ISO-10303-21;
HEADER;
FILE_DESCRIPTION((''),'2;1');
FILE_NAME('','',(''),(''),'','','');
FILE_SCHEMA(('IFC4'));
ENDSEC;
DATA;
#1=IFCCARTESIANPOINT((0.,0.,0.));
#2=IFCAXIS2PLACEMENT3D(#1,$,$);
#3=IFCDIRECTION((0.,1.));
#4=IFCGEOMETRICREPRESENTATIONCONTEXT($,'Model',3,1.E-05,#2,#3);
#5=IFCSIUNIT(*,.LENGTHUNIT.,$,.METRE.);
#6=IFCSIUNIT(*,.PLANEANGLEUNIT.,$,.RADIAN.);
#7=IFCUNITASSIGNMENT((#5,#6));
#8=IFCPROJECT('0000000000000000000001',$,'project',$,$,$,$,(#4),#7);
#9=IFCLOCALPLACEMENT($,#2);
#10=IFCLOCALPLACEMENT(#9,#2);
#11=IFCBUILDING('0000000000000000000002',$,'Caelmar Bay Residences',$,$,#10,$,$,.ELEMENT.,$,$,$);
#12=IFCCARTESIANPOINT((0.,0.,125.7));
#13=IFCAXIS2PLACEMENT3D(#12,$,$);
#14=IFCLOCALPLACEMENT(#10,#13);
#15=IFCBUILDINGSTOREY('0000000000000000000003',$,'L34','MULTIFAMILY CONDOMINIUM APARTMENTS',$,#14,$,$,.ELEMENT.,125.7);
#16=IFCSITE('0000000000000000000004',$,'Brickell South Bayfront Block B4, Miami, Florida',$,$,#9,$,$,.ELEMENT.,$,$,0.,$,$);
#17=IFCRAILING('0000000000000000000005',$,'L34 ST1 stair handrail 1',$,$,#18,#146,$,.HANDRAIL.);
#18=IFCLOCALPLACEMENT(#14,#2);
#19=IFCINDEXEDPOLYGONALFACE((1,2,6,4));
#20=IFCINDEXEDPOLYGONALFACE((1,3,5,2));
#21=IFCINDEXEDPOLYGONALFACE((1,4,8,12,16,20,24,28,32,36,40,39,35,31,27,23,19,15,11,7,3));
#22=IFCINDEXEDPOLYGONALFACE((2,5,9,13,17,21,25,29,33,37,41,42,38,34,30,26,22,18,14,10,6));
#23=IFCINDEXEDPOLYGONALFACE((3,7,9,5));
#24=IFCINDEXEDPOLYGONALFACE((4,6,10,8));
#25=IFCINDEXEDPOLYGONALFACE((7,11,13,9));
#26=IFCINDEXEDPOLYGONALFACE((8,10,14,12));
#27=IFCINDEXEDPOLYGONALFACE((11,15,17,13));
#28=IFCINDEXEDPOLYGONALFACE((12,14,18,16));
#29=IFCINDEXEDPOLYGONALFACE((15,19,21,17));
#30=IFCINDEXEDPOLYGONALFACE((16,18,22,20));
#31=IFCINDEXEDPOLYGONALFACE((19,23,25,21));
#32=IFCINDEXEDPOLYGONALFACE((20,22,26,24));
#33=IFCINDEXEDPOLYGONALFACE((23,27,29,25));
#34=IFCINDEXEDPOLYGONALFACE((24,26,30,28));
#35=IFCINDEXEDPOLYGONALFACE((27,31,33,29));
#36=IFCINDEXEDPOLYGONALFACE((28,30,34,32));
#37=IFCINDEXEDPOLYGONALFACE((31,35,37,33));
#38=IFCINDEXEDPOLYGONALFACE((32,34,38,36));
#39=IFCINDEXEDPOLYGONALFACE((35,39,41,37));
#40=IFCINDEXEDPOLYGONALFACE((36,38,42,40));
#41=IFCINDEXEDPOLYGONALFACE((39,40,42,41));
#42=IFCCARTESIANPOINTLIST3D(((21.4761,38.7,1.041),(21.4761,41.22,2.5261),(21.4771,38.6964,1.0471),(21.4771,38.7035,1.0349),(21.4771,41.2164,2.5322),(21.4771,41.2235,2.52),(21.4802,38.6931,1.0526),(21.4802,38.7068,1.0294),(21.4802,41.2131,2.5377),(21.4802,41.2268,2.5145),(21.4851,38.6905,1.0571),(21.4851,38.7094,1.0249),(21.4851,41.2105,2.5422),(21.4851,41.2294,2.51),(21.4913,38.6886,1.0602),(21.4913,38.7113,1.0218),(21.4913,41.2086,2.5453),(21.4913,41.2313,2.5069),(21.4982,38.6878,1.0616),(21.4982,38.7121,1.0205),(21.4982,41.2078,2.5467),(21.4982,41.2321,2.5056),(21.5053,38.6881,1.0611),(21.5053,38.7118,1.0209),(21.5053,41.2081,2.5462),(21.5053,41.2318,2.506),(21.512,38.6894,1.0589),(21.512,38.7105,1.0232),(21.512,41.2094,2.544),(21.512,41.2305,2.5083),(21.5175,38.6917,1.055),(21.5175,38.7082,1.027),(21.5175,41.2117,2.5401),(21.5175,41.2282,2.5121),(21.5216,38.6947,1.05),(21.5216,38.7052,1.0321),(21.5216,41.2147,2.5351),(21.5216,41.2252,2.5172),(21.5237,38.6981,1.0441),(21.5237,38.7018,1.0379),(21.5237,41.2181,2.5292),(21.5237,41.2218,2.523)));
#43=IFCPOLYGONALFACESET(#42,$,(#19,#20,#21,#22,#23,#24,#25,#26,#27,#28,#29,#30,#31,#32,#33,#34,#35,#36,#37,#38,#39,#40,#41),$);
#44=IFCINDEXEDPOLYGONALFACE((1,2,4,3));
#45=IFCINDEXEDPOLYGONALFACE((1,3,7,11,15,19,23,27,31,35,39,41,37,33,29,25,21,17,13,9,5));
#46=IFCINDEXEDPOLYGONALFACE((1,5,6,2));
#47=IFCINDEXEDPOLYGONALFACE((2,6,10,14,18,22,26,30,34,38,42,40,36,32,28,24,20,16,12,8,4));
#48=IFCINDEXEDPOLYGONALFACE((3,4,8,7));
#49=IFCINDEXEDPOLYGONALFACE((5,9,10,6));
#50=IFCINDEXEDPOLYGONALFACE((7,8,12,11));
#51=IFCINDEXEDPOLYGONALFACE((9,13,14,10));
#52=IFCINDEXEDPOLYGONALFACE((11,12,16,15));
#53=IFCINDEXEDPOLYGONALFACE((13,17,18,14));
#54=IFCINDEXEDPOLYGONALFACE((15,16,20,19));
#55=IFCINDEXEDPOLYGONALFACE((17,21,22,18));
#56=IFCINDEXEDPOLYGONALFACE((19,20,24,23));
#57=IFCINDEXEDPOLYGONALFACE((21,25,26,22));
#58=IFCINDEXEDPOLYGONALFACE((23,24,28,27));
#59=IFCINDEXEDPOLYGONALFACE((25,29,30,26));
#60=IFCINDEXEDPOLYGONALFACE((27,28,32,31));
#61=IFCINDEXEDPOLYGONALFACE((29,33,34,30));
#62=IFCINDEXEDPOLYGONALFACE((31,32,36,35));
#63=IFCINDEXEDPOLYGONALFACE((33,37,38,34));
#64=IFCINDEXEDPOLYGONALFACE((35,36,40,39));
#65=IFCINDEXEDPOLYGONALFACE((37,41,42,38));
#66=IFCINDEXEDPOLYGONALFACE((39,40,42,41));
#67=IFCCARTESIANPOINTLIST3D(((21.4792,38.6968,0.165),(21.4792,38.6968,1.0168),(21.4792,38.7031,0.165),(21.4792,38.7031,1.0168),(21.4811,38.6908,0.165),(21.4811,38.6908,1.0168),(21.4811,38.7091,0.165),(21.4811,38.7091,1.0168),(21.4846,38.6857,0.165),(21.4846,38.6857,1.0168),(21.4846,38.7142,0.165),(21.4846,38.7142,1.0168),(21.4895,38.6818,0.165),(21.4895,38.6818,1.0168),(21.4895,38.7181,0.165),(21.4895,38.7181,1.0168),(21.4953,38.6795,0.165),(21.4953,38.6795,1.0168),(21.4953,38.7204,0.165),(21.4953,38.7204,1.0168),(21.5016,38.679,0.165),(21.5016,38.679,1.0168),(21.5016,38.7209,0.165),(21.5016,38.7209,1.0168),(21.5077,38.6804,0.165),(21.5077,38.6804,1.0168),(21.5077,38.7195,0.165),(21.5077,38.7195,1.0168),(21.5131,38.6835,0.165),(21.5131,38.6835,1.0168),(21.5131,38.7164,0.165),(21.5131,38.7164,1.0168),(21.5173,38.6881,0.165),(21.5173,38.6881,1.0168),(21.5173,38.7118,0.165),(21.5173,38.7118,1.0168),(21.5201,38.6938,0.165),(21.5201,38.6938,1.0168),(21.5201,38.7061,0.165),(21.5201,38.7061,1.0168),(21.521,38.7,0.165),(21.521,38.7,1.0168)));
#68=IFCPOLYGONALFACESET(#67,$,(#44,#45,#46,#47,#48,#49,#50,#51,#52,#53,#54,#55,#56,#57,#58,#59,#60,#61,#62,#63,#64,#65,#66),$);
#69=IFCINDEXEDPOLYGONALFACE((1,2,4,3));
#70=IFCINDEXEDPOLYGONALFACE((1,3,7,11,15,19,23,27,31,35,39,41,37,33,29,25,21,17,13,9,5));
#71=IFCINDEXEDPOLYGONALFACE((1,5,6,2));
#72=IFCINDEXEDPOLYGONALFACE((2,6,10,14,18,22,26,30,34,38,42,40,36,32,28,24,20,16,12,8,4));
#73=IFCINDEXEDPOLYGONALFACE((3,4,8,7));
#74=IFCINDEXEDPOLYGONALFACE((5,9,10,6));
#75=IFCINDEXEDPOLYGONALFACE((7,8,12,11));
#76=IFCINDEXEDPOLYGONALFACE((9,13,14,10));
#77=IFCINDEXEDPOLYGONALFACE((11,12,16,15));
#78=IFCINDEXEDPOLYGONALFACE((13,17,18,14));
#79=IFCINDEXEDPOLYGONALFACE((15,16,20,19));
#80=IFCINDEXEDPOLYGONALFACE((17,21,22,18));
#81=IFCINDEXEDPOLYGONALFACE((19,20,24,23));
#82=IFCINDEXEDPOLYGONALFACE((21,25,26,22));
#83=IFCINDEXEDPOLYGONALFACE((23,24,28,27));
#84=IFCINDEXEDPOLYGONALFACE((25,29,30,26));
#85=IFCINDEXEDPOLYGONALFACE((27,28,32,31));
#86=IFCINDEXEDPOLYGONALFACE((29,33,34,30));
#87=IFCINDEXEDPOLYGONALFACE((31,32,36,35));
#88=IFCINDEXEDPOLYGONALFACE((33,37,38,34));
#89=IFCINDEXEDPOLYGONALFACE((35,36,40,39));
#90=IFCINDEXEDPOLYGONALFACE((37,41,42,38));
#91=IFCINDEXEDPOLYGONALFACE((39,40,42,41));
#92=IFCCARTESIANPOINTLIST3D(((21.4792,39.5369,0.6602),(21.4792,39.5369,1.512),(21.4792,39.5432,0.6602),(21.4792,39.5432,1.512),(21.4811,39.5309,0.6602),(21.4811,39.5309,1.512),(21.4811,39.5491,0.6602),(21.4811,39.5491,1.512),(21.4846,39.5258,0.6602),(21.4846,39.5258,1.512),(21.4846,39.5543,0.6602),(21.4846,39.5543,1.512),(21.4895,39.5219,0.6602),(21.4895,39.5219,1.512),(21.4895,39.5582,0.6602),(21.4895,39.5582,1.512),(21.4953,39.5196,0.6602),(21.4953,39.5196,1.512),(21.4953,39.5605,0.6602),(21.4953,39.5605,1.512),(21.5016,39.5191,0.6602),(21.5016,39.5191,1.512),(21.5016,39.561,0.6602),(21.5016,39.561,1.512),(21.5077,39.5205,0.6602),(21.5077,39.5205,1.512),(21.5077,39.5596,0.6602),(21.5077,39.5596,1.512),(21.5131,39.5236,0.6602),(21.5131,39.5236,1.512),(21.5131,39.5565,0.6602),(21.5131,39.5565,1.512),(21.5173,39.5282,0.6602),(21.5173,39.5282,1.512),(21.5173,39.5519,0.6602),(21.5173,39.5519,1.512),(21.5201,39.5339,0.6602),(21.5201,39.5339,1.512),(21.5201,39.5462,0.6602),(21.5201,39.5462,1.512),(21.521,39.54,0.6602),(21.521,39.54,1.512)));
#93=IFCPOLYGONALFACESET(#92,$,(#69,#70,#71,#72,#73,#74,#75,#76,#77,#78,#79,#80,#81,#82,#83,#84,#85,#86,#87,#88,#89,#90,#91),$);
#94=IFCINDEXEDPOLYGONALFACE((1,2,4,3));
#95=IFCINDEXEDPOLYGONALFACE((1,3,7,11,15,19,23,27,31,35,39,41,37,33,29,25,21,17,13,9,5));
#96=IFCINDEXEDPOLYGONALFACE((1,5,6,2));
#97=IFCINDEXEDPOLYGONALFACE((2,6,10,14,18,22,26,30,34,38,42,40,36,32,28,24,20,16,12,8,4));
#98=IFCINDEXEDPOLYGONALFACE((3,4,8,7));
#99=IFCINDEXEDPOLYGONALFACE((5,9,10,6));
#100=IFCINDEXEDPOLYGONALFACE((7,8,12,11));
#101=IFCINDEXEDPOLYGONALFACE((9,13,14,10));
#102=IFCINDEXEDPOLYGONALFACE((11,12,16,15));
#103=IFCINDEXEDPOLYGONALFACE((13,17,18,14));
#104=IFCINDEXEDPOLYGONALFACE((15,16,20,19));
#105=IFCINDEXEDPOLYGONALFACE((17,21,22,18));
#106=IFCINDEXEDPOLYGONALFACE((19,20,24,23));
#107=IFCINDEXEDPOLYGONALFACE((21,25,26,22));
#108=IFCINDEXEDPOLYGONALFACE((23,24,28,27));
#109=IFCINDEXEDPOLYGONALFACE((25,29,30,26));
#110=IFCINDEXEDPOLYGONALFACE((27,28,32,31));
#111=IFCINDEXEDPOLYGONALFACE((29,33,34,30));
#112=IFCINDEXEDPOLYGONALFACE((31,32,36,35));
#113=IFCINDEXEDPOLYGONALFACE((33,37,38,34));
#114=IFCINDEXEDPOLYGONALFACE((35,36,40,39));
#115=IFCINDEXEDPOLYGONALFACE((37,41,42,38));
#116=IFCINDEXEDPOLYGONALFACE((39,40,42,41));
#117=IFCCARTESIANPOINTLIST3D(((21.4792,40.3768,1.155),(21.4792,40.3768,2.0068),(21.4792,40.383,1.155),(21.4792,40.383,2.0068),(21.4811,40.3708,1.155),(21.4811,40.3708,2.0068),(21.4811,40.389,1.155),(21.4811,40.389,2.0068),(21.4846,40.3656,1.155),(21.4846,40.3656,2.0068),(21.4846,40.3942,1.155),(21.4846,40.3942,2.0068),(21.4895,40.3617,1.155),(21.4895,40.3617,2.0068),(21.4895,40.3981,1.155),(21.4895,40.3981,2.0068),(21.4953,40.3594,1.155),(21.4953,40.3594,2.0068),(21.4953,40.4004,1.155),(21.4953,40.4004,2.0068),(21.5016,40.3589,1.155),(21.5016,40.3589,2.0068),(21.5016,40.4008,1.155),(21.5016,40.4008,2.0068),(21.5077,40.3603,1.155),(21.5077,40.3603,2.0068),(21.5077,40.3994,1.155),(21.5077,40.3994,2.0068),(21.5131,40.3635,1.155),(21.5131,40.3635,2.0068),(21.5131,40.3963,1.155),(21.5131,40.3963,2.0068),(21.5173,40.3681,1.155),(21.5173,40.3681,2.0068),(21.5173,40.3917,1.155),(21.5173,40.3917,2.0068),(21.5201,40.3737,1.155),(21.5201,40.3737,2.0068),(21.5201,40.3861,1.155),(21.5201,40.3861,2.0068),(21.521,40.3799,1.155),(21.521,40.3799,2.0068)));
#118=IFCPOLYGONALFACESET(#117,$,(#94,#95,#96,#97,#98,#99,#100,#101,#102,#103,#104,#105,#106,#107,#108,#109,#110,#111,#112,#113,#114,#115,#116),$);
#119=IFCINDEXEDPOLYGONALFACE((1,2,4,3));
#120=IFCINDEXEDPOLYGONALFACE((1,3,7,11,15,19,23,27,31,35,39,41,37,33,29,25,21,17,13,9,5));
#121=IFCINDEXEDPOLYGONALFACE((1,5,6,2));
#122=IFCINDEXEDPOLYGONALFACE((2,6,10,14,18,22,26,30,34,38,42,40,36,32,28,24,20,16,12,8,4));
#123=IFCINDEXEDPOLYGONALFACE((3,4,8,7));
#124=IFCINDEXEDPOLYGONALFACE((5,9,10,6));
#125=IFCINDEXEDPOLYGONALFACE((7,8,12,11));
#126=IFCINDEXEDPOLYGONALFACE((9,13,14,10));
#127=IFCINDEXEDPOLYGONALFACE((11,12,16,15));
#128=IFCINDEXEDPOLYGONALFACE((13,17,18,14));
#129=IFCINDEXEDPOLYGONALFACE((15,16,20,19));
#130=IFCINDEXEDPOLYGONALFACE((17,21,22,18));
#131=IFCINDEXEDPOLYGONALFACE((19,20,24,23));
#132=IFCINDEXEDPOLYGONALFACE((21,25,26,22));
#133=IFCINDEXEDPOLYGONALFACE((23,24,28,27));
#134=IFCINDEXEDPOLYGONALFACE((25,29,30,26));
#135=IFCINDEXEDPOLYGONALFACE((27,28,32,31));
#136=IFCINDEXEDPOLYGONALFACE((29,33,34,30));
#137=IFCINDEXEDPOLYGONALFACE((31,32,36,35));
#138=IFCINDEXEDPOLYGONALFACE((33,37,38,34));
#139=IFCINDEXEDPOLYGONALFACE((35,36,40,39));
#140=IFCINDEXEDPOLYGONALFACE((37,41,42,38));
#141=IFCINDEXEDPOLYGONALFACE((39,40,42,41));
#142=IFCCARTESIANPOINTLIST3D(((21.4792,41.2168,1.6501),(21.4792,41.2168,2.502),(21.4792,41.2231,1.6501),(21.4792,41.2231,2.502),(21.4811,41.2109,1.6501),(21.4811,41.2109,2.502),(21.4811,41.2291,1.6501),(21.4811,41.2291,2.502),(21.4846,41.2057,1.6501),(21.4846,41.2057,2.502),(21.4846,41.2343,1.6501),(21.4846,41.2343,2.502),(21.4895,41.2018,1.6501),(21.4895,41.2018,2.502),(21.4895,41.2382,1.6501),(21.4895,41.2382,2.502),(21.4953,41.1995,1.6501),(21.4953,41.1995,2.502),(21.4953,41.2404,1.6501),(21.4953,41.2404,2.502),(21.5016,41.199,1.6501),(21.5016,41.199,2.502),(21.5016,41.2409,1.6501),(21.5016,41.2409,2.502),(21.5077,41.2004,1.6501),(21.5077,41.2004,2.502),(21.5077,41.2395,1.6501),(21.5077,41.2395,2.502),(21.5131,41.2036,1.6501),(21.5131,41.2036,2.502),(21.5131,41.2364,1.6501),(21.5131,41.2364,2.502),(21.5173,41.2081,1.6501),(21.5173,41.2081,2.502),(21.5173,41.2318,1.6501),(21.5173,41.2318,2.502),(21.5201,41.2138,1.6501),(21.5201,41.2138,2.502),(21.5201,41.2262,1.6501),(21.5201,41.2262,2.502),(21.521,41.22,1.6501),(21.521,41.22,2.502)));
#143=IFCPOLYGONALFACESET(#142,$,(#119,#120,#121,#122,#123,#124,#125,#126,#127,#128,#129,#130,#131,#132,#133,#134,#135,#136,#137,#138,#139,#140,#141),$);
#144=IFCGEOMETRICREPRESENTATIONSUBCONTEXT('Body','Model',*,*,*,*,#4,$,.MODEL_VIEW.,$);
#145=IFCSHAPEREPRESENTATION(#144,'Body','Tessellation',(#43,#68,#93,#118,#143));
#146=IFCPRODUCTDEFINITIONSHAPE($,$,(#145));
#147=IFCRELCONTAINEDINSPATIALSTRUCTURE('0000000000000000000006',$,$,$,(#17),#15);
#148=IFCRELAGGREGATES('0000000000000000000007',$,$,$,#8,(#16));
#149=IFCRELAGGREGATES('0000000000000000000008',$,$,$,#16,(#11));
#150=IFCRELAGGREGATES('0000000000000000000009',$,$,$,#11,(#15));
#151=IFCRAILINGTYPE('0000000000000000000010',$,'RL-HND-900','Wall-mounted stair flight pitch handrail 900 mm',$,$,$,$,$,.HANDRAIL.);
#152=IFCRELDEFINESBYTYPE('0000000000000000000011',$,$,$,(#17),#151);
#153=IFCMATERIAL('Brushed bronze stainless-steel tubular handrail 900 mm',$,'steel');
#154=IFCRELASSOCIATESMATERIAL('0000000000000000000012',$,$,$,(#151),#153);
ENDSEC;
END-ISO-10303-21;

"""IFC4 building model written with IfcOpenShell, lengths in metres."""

from ifc_helpers import new_model, si_unit, direction, frame, origin, origin_2d, place, context, subcontext, project, spatial, circle, extrude, material, type_object, element, save


model = new_model("IFC4")

# Units and contexts
model_context = context("Model", 3, precision=1e-05, world=origin(), true_north=direction((0.0, 1.0)))
body_context = subcontext(model_context, "Body", "Model", "MODEL_VIEW")
ifc_project = project(units=[si_unit("LENGTHUNIT", "METRE"), si_unit("PLANEANGLEUNIT", "RADIAN")], contexts=[model_context])

# Site, building, storey
site_placement = place(None, origin())
site = spatial("IfcSite", under=ifc_project, at=site_placement, Name="Brickell South Bayfront Block B4, Miami, Florida", CompositionType="ELEMENT", RefElevation=0.0)
building_placement = place(site_placement, origin())
building = spatial("IfcBuilding", under=site, at=building_placement, Name="Caelmar Bay Residences", CompositionType="ELEMENT")
storey_placement = place(building_placement, frame((0.0, 0.0, 125.7)))
storey = spatial("IfcBuildingStorey", under=building, at=storey_placement, Name="L34", Description="MULTIFAMILY CONDOMINIUM APARTMENTS", CompositionType="ELEMENT", Elevation=125.7)

# Railing
ifc_material_1 = material(Name="Brushed bronze stainless-steel tubular handrail 900 mm", Category="steel")
railing_type_1 = type_object("IfcRailingType", Name="RL-HND-900", Description="Wall-mounted stair flight pitch handrail 900 mm", PredefinedType="HANDRAIL", material=ifc_material_1)
railing_1_placement = place(storey_placement, frame((21.5, 38.7, 0.165)))
element("IfcRailing", 1, at=railing_1_placement, inside=storey, type_object=railing_type_1, Name="L34 ST1 stair handrail 1", PredefinedType="HANDRAIL", context=body_context, shape_type="SweptSolid", body=[
    extrude(circle(Radius=0.0239, at=origin_2d()), frame((0.0, 0.0, 0.876), z_axis=(0.0, 0.861524, 0.507717), x_axis=(-1.0, 0.0, 0.0)), (0.0, 0.0, 1.0), 2.925),
    extrude(circle(Radius=0.021, at=origin_2d()), origin(), (0.0, 0.0, 1.0), 0.8518),
    extrude(circle(Radius=0.021, at=origin_2d()), frame((0.0, 0.8401, 0.4951)), (0.0, 0.0, 1.0), 0.8518),
    extrude(circle(Radius=0.021, at=origin_2d()), frame((0.0, 1.6799, 0.99)), (0.0, 0.0, 1.0), 0.8518),
    extrude(circle(Radius=0.021, at=origin_2d()), frame((0.0, 2.52, 1.4851)), (0.0, 0.0, 1.0), 0.8518),
])

save(model, "model.ifc")
